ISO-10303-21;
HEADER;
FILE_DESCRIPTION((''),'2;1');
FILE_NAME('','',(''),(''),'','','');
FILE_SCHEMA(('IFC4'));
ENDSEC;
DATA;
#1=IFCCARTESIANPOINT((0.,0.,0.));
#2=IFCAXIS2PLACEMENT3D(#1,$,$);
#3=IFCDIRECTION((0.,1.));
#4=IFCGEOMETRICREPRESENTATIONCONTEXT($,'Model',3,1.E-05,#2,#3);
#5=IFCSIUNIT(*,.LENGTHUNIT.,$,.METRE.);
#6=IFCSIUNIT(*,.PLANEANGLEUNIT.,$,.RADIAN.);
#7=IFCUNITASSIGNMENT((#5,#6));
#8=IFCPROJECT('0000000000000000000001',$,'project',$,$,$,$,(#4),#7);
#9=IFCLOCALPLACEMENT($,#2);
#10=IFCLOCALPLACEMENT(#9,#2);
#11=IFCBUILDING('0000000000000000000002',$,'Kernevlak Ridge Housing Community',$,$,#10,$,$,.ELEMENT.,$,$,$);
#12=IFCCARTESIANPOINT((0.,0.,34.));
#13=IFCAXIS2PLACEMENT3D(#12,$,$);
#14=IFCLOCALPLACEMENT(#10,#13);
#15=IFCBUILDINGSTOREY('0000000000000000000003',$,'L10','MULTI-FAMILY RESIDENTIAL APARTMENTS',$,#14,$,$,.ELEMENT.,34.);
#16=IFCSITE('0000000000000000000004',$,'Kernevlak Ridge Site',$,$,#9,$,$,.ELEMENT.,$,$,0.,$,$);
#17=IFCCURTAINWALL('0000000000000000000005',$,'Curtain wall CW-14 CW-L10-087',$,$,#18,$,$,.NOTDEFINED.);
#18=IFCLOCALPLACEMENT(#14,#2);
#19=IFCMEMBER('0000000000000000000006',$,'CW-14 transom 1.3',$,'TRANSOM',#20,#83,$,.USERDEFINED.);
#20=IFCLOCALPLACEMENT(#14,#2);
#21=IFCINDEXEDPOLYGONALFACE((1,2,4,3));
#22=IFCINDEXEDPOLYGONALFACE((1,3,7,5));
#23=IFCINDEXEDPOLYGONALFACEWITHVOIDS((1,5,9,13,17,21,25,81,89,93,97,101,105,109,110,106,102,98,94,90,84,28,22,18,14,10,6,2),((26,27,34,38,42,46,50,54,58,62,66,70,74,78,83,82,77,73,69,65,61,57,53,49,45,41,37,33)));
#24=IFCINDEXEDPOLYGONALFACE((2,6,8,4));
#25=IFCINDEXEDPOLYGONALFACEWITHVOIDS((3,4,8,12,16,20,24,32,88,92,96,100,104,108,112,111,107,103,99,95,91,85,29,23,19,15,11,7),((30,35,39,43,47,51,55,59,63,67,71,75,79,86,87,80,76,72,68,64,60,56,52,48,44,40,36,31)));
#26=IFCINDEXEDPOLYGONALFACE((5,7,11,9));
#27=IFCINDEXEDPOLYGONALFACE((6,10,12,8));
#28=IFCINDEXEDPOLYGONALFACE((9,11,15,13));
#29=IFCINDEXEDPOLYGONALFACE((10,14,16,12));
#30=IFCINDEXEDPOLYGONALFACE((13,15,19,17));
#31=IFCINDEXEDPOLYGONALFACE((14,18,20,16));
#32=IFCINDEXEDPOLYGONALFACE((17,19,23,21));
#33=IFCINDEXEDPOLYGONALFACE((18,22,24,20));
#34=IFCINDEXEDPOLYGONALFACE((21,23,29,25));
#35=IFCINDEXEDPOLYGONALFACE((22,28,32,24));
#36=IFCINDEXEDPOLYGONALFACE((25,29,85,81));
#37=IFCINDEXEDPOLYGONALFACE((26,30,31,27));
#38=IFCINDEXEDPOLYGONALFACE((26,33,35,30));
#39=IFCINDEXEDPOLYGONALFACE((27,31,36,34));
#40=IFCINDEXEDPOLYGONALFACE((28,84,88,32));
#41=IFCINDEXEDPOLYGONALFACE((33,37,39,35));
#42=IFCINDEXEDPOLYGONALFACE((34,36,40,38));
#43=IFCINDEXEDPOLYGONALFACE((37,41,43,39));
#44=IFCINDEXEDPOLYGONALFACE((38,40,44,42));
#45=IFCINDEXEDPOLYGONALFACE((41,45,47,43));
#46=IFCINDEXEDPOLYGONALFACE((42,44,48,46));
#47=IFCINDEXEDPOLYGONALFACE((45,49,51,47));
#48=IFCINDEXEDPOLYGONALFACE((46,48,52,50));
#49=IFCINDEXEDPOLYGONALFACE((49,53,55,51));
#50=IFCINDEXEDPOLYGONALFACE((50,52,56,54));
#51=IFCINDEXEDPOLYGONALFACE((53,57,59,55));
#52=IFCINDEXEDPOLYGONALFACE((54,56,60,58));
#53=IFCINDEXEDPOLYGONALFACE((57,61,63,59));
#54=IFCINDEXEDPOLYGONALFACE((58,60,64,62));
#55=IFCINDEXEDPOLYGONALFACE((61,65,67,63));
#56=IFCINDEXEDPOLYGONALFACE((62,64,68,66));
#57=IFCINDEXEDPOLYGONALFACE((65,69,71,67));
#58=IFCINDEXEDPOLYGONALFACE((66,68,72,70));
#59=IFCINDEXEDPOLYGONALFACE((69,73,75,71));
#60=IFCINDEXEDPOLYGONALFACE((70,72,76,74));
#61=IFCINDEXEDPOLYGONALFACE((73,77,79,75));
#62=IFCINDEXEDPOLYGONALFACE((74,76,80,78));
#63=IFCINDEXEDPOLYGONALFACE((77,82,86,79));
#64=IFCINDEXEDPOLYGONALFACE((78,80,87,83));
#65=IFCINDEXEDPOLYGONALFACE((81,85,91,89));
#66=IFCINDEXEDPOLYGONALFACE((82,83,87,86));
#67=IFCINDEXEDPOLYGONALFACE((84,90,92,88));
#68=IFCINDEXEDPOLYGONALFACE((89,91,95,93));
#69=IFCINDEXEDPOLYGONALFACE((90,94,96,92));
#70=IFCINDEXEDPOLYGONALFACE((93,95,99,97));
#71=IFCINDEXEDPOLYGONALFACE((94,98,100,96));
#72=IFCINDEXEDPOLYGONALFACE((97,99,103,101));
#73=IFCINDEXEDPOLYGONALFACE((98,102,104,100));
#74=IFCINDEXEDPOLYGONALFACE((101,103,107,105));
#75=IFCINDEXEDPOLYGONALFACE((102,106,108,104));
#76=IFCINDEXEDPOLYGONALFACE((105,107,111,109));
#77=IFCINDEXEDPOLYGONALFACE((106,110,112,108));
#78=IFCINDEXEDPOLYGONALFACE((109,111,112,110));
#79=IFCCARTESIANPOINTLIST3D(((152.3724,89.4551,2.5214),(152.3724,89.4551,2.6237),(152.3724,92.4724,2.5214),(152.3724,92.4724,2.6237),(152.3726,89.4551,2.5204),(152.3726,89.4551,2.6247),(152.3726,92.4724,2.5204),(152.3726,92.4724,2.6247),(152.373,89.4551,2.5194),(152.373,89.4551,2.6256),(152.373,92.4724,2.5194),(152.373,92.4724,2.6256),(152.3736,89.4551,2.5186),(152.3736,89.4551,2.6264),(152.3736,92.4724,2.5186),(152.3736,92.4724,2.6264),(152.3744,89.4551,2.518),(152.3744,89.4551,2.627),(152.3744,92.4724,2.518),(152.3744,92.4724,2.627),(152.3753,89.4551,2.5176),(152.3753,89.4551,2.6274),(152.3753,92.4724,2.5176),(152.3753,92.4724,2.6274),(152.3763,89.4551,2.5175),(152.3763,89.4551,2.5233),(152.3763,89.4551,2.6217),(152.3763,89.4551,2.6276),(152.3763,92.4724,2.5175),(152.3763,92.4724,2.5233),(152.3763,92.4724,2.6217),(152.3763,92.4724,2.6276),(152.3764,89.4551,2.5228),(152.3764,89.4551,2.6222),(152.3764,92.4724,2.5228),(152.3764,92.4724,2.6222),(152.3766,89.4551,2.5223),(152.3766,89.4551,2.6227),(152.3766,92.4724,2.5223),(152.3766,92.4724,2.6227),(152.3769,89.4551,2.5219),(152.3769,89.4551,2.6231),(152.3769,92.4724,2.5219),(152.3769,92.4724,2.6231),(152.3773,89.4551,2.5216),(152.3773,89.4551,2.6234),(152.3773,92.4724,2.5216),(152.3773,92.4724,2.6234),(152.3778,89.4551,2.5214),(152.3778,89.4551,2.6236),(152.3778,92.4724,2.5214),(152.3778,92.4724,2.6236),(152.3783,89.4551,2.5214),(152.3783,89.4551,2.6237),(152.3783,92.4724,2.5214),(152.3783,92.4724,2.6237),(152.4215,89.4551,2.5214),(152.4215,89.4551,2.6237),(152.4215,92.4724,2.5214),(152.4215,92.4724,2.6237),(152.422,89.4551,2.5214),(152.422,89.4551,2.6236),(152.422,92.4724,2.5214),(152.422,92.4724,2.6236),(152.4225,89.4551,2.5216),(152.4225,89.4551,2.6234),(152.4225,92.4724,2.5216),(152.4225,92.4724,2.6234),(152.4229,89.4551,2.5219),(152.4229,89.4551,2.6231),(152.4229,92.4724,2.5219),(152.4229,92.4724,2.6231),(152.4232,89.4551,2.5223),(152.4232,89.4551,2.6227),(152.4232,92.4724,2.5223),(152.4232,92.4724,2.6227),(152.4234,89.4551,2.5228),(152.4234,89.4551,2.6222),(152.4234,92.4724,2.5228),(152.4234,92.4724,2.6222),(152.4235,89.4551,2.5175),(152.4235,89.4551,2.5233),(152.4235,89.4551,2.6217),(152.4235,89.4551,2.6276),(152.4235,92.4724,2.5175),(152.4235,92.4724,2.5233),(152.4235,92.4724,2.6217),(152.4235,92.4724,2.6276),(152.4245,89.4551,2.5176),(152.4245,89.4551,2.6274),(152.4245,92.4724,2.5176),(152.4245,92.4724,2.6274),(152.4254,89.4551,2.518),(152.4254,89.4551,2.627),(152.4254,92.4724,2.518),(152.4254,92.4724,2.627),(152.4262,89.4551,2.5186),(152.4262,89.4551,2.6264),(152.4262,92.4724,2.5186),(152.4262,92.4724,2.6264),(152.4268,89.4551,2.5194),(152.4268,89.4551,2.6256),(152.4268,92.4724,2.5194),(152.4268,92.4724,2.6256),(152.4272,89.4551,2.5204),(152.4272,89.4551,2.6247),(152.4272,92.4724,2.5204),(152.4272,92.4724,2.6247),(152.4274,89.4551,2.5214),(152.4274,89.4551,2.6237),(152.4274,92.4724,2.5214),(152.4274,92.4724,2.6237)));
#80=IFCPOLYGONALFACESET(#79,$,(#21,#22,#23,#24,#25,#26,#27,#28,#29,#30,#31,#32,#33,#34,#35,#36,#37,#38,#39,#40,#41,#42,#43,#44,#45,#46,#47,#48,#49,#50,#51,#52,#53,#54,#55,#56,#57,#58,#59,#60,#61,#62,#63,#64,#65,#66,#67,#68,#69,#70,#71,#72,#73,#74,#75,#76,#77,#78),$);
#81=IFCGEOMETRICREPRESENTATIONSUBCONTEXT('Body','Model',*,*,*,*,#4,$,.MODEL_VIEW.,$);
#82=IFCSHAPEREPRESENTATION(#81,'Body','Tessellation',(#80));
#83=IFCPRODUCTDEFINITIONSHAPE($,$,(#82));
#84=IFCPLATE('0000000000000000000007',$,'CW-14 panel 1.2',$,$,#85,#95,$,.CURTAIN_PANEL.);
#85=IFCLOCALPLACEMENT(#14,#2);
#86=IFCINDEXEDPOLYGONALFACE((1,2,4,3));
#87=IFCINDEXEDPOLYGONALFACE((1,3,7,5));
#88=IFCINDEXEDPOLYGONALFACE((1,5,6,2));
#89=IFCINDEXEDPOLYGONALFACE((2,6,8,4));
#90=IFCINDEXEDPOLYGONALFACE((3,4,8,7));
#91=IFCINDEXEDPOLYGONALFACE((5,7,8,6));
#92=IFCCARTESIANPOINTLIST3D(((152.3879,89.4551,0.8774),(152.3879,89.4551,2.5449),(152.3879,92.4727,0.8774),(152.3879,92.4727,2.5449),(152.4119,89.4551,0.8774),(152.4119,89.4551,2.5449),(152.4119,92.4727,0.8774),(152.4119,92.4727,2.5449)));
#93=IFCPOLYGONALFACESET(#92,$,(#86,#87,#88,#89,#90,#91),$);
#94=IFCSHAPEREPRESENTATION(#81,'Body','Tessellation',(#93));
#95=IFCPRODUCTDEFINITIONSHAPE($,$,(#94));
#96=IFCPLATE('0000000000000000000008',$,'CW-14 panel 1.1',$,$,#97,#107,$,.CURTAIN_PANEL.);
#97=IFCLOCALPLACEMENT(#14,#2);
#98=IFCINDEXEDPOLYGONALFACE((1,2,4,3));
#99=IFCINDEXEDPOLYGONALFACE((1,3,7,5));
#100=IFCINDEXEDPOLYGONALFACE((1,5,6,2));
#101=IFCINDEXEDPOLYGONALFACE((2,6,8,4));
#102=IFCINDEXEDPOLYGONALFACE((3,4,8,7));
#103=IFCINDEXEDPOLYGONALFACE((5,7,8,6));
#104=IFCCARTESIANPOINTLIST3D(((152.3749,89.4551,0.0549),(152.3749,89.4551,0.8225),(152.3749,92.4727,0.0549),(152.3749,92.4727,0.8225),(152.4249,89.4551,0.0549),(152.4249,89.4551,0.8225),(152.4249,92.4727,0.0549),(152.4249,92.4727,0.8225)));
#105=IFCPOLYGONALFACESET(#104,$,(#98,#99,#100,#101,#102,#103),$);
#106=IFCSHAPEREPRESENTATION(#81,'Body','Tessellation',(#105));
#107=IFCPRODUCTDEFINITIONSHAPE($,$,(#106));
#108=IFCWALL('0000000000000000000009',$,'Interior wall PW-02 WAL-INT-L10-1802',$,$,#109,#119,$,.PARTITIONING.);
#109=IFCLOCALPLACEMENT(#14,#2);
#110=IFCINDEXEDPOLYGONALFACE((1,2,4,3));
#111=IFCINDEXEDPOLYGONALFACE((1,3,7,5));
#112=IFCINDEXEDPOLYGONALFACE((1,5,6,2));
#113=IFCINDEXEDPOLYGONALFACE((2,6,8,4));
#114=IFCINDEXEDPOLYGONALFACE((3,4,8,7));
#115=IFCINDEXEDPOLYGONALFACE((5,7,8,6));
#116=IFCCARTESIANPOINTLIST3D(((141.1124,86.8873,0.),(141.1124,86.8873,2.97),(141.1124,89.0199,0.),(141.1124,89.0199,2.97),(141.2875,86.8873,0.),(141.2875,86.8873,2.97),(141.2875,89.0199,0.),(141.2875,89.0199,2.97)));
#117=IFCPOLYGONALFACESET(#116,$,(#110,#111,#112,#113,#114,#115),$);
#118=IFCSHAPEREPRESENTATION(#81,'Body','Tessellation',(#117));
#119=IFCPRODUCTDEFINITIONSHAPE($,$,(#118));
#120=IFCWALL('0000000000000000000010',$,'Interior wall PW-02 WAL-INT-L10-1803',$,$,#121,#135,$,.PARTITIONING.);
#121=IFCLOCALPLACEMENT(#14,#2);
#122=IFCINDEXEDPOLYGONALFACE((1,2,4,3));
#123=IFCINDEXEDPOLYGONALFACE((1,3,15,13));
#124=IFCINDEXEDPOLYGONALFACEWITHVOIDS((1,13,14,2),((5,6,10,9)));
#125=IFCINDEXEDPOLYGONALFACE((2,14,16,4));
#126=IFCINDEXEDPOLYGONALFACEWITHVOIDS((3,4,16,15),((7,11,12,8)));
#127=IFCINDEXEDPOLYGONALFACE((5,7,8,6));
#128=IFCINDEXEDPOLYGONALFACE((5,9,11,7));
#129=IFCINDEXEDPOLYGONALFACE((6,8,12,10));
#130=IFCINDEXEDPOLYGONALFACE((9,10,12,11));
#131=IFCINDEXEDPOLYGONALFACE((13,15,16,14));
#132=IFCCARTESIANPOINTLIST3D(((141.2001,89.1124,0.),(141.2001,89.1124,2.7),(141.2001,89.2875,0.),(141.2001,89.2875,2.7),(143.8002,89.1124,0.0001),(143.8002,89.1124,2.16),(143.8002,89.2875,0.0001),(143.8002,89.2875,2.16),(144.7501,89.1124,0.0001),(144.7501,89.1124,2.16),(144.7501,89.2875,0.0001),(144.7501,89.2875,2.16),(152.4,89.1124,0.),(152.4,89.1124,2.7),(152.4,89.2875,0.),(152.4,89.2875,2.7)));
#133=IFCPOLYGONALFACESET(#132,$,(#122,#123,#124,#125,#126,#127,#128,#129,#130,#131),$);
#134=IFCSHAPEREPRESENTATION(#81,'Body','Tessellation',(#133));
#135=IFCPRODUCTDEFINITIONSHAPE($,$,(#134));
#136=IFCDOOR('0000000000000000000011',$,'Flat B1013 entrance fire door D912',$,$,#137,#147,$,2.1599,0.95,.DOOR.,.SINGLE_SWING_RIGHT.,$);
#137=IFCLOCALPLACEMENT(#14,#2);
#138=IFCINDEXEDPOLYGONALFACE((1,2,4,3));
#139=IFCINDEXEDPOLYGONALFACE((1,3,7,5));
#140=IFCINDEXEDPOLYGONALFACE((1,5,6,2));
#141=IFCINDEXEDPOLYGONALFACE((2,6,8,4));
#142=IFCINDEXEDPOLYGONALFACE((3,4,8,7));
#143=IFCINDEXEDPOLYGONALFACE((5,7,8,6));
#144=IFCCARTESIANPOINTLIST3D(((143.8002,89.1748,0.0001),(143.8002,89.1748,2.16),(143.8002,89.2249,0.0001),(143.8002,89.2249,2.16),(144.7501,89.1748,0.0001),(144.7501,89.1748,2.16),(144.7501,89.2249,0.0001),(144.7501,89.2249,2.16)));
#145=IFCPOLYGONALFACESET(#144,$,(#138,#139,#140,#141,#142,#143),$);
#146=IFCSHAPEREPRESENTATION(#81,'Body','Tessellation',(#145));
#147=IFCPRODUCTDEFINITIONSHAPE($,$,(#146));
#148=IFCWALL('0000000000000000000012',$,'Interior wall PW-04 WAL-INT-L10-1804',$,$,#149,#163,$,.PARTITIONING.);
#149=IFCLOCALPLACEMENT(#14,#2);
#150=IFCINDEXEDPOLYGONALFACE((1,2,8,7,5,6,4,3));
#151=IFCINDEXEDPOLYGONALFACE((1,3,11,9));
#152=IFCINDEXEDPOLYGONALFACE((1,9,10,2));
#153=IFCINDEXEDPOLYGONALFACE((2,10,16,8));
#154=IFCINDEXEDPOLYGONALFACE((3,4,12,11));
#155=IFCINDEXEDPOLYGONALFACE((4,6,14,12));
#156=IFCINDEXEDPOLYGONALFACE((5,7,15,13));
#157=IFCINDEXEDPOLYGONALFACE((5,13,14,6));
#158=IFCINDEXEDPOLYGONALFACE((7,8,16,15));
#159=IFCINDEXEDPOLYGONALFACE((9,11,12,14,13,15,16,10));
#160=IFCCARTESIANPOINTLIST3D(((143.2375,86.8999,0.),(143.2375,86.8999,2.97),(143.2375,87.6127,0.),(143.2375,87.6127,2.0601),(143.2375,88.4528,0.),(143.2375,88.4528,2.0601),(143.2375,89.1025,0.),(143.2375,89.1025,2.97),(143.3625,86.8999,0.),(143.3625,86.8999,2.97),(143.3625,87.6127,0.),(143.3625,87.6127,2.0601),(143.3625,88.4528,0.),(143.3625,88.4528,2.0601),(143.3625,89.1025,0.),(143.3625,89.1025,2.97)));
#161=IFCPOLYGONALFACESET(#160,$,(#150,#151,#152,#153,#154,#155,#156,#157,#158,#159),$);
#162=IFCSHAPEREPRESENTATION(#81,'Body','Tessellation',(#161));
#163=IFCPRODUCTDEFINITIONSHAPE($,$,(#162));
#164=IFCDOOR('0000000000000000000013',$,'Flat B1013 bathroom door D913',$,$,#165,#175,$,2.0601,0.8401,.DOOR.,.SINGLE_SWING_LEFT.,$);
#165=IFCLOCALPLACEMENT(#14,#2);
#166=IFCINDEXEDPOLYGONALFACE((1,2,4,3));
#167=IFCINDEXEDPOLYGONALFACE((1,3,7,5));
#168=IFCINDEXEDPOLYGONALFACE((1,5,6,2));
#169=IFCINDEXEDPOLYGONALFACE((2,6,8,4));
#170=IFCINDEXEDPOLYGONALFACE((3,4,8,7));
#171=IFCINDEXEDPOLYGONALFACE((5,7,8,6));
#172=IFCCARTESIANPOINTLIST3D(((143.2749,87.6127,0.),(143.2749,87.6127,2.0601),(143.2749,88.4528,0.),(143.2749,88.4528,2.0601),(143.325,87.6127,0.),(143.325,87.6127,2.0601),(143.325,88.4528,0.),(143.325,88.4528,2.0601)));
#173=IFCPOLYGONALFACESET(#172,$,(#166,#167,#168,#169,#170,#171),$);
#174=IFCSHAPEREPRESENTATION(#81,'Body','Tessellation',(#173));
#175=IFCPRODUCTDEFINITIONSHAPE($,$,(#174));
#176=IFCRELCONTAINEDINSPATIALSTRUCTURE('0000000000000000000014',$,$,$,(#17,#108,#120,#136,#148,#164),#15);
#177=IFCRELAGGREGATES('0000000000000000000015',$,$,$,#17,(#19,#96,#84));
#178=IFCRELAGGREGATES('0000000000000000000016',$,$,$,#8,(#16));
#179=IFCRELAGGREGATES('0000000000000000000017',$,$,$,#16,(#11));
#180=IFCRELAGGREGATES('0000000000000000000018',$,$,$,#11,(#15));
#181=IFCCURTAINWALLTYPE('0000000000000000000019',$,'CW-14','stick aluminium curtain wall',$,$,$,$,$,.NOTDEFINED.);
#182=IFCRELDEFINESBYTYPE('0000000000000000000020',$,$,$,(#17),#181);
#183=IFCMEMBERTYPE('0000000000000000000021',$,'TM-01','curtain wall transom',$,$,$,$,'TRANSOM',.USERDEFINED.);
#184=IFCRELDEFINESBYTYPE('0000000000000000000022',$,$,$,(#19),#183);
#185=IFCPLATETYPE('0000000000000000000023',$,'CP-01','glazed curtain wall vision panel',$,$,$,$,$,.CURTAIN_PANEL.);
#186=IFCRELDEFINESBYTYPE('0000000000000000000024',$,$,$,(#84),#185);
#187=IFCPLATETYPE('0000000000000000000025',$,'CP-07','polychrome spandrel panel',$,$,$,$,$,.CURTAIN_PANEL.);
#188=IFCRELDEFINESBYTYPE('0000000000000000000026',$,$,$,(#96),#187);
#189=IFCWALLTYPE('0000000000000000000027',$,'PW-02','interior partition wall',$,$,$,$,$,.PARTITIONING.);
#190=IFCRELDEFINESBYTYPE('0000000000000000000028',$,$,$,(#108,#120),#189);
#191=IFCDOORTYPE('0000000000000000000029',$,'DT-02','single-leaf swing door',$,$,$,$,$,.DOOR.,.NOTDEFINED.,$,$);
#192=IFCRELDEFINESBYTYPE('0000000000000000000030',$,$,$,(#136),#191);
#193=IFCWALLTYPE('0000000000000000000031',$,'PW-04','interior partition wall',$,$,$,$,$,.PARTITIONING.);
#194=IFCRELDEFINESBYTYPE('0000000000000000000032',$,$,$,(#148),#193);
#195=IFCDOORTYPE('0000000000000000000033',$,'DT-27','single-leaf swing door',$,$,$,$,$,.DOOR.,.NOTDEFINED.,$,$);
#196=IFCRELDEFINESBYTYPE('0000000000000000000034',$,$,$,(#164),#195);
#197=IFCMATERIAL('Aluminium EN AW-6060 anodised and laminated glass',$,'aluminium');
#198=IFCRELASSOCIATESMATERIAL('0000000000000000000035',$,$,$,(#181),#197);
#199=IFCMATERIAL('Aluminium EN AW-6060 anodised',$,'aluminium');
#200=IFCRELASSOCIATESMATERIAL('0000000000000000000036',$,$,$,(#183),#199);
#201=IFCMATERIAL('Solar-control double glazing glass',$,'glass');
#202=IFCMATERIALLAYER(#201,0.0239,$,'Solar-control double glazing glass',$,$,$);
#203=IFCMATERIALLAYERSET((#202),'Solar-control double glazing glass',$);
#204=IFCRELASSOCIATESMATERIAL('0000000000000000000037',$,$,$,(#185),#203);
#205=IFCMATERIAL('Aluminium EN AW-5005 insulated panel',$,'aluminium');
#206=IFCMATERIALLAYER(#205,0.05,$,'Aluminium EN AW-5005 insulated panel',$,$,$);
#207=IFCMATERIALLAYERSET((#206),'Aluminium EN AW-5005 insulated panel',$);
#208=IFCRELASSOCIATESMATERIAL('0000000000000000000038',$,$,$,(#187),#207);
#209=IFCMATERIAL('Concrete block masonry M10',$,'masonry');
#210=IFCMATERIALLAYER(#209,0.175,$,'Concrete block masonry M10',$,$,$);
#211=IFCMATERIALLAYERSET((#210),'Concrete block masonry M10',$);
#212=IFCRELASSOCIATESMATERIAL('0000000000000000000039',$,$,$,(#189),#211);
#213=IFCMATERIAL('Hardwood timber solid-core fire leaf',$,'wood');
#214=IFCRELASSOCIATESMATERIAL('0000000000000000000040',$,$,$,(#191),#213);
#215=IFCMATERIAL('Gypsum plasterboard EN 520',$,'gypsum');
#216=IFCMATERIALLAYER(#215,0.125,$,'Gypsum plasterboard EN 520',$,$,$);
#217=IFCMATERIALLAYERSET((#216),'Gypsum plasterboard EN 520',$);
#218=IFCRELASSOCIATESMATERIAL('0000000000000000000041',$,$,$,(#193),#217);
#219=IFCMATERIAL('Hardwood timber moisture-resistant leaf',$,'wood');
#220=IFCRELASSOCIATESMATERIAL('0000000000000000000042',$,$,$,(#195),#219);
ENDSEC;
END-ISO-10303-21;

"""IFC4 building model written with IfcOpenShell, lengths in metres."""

from ifc_helpers import new_model, si_unit, direction, frame, frame_2d, origin, origin_2d, place, context, subcontext, project, spatial, rectangle, hollow_rectangle, extrude, material, layer, layer_set, material_profile, profile_set, type_object, element, fill, aggregate, save


model = new_model("IFC4")

# Units and contexts
model_context = context("Model", 3, precision=1e-05, world=origin(), true_north=direction((0.0, 1.0)))
body_context = subcontext(model_context, "Body", "Model", "MODEL_VIEW")
ifc_project = project(units=[si_unit("LENGTHUNIT", "METRE"), si_unit("PLANEANGLEUNIT", "RADIAN")], contexts=[model_context])

# Site, building, storey
site_placement = place(None, origin())
site = spatial("IfcSite", under=ifc_project, at=site_placement, Name="Kernevlak Ridge Site", CompositionType="ELEMENT", RefElevation=0.0)
building_placement = place(site_placement, origin())
building = spatial("IfcBuilding", under=site, at=building_placement, Name="Kernevlak Ridge Housing Community", CompositionType="ELEMENT")
storey_placement = place(building_placement, frame((0.0, 0.0, 34.0)))
storey = spatial("IfcBuildingStorey", under=building, at=storey_placement, Name="L10", Description="MULTI-FAMILY RESIDENTIAL APARTMENTS", CompositionType="ELEMENT", Elevation=34.0)

# Curtain wall
ifc_material_1 = material(Name="Aluminium EN AW-6060 anodised and laminated glass", Category="aluminium")
curtain_wall_type = type_object("IfcCurtainWallType", Name="CW-14", Description="stick aluminium curtain wall", PredefinedType="NOTDEFINED", material=ifc_material_1)
curtain_wall_placement = place(storey_placement, origin())
curtain_wall = element("IfcCurtainWall", 1, at=curtain_wall_placement, inside=storey, type_object=curtain_wall_type, Name="Curtain wall CW-14 CW-L10-087", PredefinedType="NOTDEFINED")
ifc_material_2 = material(Name="Aluminium EN AW-6060 anodised", Category="aluminium")

# Member
ifc_material_profile_1 = material_profile(ifc_material_2, hollow_rectangle(XDim=0.0549, YDim=0.1101, WallThickness=0.0039, InnerFilletRadius=0.002, OuterFilletRadius=0.0039, at=origin_2d()), Name="ALU 55x110x4")
ifc_profile_set_1 = profile_set([ifc_material_profile_1], Name="Aluminium EN AW-6060 anodised")
member_type_1 = type_object("IfcMemberType", Name="TM-01", Description="curtain wall transom", ElementType="TRANSOM", PredefinedType="USERDEFINED", material=ifc_profile_set_1)
member_1_placement = place(storey_placement, frame((152.3999, 89.4551, 2.5725), z_axis=(0.0, 1.0, 0.0), x_axis=(-1.0, 0.0, 0.0)))
member_1 = element("IfcMember", 2, at=member_1_placement, type_object=member_type_1, Name="CW-14 transom 1.3", ObjectType="TRANSOM", PredefinedType="USERDEFINED", context=body_context, shape_type="SweptSolid", body=[
    extrude(hollow_rectangle(XDim=0.0549, YDim=0.1101, WallThickness=0.0039, InnerFilletRadius=0.002, OuterFilletRadius=0.0039, at=origin_2d()), origin(), (0.0, 0.0, 1.0), 3.0173),
])

# Plates
ifc_material_3 = material(Name="Solar-control double glazing glass", Category="glass")
ifc_layer_1 = layer(ifc_material_3, 0.0239, Name="Solar-control double glazing glass")
ifc_layer_set_1 = layer_set([ifc_layer_1], Name="Solar-control double glazing glass")
plate_type_1 = type_object("IfcPlateType", Name="CP-01", Description="glazed curtain wall vision panel", PredefinedType="CURTAIN_PANEL", material=ifc_layer_set_1)
plate_1_placement = place(storey_placement, frame((152.3999, 90.9639, 0.8774), z_axis=(0.0, 0.0, 1.0), x_axis=(0.0, 1.0, 0.0)))
plate_1 = element("IfcPlate", 3, at=plate_1_placement, type_object=plate_type_1, Name="CW-14 panel 1.2", PredefinedType="CURTAIN_PANEL", context=body_context, shape_type="SweptSolid", body=[
    extrude(rectangle(XDim=3.0176, YDim=0.0239, at=origin_2d()), origin(), (0.0, 0.0, 1.0), 1.6675),
])
ifc_material_4 = material(Name="Aluminium EN AW-5005 insulated panel", Category="aluminium")
ifc_layer_2 = layer(ifc_material_4, 0.05, Name="Aluminium EN AW-5005 insulated panel")
ifc_layer_set_2 = layer_set([ifc_layer_2], Name="Aluminium EN AW-5005 insulated panel")
plate_type_2 = type_object("IfcPlateType", Name="CP-07", Description="polychrome spandrel panel", PredefinedType="CURTAIN_PANEL", material=ifc_layer_set_2)
plate_2_placement = place(storey_placement, frame((152.3999, 90.9639, 0.0549), z_axis=(0.0, 0.0, 1.0), x_axis=(0.0, 1.0, 0.0)))
plate_2 = element("IfcPlate", 4, at=plate_2_placement, type_object=plate_type_2, Name="CW-14 panel 1.1", PredefinedType="CURTAIN_PANEL", context=body_context, shape_type="SweptSolid", body=[
    extrude(rectangle(XDim=3.0176, YDim=0.05, at=origin_2d()), origin(), (0.0, 0.0, 1.0), 0.7676),
])
aggregate(curtain_wall, [member_1, plate_2, plate_1])

# Wall
ifc_material_5 = material(Name="Concrete block masonry M10", Category="masonry")
ifc_layer_3 = layer(ifc_material_5, 0.175, Name="Concrete block masonry M10")
ifc_layer_set_3 = layer_set([ifc_layer_3], Name="Concrete block masonry M10")
wall_type_1 = type_object("IfcWallType", Name="PW-02", Description="interior partition wall", PredefinedType="PARTITIONING", material=ifc_layer_set_3)
wall_1_placement = place(storey_placement, frame((141.2, 89.02, 0.0), z_axis=(0.0, 0.0, 1.0), x_axis=(0.0, -1.0, 0.0)))
element("IfcWall", 5, at=wall_1_placement, inside=storey, type_object=wall_type_1, Name="Interior wall PW-02 WAL-INT-L10-1802", PredefinedType="PARTITIONING", context=body_context, shape_type="SweptSolid", body=[
    extrude(rectangle(XDim=2.1326, YDim=0.175, at=frame_2d((1.0664, 0.0))), origin(), (0.0, 0.0, 1.0), 2.97),
])

# Walls, openings, doors
wall_2_placement = place(storey_placement, frame((141.2, 89.2, 0.0), z_axis=(0.0, 0.0, 1.0), x_axis=(1.0, 0.0, 0.0)))
wall_2 = element("IfcWall", 6, at=wall_2_placement, inside=storey, type_object=wall_type_1, Name="Interior wall PW-02 WAL-INT-L10-1803", PredefinedType="PARTITIONING", context=body_context, shape_type="SweptSolid", body=[
    extrude(rectangle(XDim=11.2, YDim=0.175, at=frame_2d((5.6001, 0.0))), origin(), (0.0, 0.0, 1.0), 2.7),
])
opening_1_placement = place(wall_2_placement, frame((2.6001, 0.0, 0.0)))
opening_1 = element("IfcOpeningElement", 7, at=opening_1_placement, cuts=wall_2, PredefinedType="OPENING", context=body_context, shape_type="SweptSolid", body=[
    extrude(rectangle(XDim=0.95, YDim=2.1599, at=frame_2d((0.4751, 1.0801))), frame((0.0, 0.0974, 0.0), z_axis=(0.0, -1.0, 0.0), x_axis=(1.0, 0.0, 0.0)), (0.0, 0.0, 1.0), 0.1951),
])
ifc_material_6 = material(Name="Hardwood timber solid-core fire leaf", Category="wood")
door_type_1 = type_object("IfcDoorType", Name="DT-02", Description="single-leaf swing door", OperationType="NOTDEFINED", PredefinedType="DOOR", material=ifc_material_6)
door_1_placement = place(opening_1_placement, origin())
door_1 = element("IfcDoor", 8, at=door_1_placement, inside=storey, type_object=door_type_1, Name="Flat B1013 entrance fire door D912", OperationType="SINGLE_SWING_RIGHT", OverallHeight=2.1599, OverallWidth=0.95, PredefinedType="DOOR", context=body_context, shape_type="SweptSolid", body=[
    extrude(rectangle(XDim=0.95, YDim=2.1599, at=frame_2d((0.4751, 1.0801))), frame((0.0, 0.0249, 0.0), z_axis=(0.0, -1.0, 0.0), x_axis=(1.0, 0.0, 0.0)), (0.0, 0.0, 1.0), 0.05),
])
fill(opening_1, door_1)
ifc_material_7 = material(Name="Gypsum plasterboard EN 520", Category="gypsum")
ifc_layer_4 = layer(ifc_material_7, 0.125, Name="Gypsum plasterboard EN 520")
ifc_layer_set_4 = layer_set([ifc_layer_4], Name="Gypsum plasterboard EN 520")
wall_type_2 = type_object("IfcWallType", Name="PW-04", Description="interior partition wall", PredefinedType="PARTITIONING", material=ifc_layer_set_4)
wall_3_placement = place(storey_placement, frame((143.3, 89.1025, 0.0), z_axis=(0.0, 0.0, 1.0), x_axis=(0.0, -1.0, 0.0)))
wall_3 = element("IfcWall", 9, at=wall_3_placement, inside=storey, type_object=wall_type_2, Name="Interior wall PW-04 WAL-INT-L10-1804", PredefinedType="PARTITIONING", context=body_context, shape_type="SweptSolid", body=[
    extrude(rectangle(XDim=2.2026, YDim=0.125, at=frame_2d((1.1013, 0.0))), origin(), (0.0, 0.0, 1.0), 2.97),
])
opening_2_placement = place(wall_3_placement, frame((0.6499, 0.0, 0.0)))
opening_2 = element("IfcOpeningElement", 10, at=opening_2_placement, cuts=wall_3, PredefinedType="OPENING", context=body_context, shape_type="SweptSolid", body=[
    extrude(rectangle(XDim=0.8401, YDim=2.0601, at=frame_2d((0.4199, 1.03))), frame((0.0, 0.0725, 0.0), z_axis=(0.0, -1.0, 0.0), x_axis=(1.0, 0.0, 0.0)), (0.0, 0.0, 1.0), 0.145),
])
ifc_material_8 = material(Name="Hardwood timber moisture-resistant leaf", Category="wood")
door_type_2 = type_object("IfcDoorType", Name="DT-27", Description="single-leaf swing door", OperationType="NOTDEFINED", PredefinedType="DOOR", material=ifc_material_8)
door_2_placement = place(opening_2_placement, origin())
door_2 = element("IfcDoor", 11, at=door_2_placement, inside=storey, type_object=door_type_2, Name="Flat B1013 bathroom door D913", OperationType="SINGLE_SWING_LEFT", OverallHeight=2.0601, OverallWidth=0.8401, PredefinedType="DOOR", context=body_context, shape_type="SweptSolid", body=[
    extrude(rectangle(XDim=0.8401, YDim=2.0601, at=frame_2d((0.4199, 1.03))), frame((0.0, 0.0249, 0.0), z_axis=(0.0, -1.0, 0.0), x_axis=(1.0, 0.0, 0.0)), (0.0, 0.0, 1.0), 0.05),
])
fill(opening_2, door_2)

save(model, "model.ifc")
